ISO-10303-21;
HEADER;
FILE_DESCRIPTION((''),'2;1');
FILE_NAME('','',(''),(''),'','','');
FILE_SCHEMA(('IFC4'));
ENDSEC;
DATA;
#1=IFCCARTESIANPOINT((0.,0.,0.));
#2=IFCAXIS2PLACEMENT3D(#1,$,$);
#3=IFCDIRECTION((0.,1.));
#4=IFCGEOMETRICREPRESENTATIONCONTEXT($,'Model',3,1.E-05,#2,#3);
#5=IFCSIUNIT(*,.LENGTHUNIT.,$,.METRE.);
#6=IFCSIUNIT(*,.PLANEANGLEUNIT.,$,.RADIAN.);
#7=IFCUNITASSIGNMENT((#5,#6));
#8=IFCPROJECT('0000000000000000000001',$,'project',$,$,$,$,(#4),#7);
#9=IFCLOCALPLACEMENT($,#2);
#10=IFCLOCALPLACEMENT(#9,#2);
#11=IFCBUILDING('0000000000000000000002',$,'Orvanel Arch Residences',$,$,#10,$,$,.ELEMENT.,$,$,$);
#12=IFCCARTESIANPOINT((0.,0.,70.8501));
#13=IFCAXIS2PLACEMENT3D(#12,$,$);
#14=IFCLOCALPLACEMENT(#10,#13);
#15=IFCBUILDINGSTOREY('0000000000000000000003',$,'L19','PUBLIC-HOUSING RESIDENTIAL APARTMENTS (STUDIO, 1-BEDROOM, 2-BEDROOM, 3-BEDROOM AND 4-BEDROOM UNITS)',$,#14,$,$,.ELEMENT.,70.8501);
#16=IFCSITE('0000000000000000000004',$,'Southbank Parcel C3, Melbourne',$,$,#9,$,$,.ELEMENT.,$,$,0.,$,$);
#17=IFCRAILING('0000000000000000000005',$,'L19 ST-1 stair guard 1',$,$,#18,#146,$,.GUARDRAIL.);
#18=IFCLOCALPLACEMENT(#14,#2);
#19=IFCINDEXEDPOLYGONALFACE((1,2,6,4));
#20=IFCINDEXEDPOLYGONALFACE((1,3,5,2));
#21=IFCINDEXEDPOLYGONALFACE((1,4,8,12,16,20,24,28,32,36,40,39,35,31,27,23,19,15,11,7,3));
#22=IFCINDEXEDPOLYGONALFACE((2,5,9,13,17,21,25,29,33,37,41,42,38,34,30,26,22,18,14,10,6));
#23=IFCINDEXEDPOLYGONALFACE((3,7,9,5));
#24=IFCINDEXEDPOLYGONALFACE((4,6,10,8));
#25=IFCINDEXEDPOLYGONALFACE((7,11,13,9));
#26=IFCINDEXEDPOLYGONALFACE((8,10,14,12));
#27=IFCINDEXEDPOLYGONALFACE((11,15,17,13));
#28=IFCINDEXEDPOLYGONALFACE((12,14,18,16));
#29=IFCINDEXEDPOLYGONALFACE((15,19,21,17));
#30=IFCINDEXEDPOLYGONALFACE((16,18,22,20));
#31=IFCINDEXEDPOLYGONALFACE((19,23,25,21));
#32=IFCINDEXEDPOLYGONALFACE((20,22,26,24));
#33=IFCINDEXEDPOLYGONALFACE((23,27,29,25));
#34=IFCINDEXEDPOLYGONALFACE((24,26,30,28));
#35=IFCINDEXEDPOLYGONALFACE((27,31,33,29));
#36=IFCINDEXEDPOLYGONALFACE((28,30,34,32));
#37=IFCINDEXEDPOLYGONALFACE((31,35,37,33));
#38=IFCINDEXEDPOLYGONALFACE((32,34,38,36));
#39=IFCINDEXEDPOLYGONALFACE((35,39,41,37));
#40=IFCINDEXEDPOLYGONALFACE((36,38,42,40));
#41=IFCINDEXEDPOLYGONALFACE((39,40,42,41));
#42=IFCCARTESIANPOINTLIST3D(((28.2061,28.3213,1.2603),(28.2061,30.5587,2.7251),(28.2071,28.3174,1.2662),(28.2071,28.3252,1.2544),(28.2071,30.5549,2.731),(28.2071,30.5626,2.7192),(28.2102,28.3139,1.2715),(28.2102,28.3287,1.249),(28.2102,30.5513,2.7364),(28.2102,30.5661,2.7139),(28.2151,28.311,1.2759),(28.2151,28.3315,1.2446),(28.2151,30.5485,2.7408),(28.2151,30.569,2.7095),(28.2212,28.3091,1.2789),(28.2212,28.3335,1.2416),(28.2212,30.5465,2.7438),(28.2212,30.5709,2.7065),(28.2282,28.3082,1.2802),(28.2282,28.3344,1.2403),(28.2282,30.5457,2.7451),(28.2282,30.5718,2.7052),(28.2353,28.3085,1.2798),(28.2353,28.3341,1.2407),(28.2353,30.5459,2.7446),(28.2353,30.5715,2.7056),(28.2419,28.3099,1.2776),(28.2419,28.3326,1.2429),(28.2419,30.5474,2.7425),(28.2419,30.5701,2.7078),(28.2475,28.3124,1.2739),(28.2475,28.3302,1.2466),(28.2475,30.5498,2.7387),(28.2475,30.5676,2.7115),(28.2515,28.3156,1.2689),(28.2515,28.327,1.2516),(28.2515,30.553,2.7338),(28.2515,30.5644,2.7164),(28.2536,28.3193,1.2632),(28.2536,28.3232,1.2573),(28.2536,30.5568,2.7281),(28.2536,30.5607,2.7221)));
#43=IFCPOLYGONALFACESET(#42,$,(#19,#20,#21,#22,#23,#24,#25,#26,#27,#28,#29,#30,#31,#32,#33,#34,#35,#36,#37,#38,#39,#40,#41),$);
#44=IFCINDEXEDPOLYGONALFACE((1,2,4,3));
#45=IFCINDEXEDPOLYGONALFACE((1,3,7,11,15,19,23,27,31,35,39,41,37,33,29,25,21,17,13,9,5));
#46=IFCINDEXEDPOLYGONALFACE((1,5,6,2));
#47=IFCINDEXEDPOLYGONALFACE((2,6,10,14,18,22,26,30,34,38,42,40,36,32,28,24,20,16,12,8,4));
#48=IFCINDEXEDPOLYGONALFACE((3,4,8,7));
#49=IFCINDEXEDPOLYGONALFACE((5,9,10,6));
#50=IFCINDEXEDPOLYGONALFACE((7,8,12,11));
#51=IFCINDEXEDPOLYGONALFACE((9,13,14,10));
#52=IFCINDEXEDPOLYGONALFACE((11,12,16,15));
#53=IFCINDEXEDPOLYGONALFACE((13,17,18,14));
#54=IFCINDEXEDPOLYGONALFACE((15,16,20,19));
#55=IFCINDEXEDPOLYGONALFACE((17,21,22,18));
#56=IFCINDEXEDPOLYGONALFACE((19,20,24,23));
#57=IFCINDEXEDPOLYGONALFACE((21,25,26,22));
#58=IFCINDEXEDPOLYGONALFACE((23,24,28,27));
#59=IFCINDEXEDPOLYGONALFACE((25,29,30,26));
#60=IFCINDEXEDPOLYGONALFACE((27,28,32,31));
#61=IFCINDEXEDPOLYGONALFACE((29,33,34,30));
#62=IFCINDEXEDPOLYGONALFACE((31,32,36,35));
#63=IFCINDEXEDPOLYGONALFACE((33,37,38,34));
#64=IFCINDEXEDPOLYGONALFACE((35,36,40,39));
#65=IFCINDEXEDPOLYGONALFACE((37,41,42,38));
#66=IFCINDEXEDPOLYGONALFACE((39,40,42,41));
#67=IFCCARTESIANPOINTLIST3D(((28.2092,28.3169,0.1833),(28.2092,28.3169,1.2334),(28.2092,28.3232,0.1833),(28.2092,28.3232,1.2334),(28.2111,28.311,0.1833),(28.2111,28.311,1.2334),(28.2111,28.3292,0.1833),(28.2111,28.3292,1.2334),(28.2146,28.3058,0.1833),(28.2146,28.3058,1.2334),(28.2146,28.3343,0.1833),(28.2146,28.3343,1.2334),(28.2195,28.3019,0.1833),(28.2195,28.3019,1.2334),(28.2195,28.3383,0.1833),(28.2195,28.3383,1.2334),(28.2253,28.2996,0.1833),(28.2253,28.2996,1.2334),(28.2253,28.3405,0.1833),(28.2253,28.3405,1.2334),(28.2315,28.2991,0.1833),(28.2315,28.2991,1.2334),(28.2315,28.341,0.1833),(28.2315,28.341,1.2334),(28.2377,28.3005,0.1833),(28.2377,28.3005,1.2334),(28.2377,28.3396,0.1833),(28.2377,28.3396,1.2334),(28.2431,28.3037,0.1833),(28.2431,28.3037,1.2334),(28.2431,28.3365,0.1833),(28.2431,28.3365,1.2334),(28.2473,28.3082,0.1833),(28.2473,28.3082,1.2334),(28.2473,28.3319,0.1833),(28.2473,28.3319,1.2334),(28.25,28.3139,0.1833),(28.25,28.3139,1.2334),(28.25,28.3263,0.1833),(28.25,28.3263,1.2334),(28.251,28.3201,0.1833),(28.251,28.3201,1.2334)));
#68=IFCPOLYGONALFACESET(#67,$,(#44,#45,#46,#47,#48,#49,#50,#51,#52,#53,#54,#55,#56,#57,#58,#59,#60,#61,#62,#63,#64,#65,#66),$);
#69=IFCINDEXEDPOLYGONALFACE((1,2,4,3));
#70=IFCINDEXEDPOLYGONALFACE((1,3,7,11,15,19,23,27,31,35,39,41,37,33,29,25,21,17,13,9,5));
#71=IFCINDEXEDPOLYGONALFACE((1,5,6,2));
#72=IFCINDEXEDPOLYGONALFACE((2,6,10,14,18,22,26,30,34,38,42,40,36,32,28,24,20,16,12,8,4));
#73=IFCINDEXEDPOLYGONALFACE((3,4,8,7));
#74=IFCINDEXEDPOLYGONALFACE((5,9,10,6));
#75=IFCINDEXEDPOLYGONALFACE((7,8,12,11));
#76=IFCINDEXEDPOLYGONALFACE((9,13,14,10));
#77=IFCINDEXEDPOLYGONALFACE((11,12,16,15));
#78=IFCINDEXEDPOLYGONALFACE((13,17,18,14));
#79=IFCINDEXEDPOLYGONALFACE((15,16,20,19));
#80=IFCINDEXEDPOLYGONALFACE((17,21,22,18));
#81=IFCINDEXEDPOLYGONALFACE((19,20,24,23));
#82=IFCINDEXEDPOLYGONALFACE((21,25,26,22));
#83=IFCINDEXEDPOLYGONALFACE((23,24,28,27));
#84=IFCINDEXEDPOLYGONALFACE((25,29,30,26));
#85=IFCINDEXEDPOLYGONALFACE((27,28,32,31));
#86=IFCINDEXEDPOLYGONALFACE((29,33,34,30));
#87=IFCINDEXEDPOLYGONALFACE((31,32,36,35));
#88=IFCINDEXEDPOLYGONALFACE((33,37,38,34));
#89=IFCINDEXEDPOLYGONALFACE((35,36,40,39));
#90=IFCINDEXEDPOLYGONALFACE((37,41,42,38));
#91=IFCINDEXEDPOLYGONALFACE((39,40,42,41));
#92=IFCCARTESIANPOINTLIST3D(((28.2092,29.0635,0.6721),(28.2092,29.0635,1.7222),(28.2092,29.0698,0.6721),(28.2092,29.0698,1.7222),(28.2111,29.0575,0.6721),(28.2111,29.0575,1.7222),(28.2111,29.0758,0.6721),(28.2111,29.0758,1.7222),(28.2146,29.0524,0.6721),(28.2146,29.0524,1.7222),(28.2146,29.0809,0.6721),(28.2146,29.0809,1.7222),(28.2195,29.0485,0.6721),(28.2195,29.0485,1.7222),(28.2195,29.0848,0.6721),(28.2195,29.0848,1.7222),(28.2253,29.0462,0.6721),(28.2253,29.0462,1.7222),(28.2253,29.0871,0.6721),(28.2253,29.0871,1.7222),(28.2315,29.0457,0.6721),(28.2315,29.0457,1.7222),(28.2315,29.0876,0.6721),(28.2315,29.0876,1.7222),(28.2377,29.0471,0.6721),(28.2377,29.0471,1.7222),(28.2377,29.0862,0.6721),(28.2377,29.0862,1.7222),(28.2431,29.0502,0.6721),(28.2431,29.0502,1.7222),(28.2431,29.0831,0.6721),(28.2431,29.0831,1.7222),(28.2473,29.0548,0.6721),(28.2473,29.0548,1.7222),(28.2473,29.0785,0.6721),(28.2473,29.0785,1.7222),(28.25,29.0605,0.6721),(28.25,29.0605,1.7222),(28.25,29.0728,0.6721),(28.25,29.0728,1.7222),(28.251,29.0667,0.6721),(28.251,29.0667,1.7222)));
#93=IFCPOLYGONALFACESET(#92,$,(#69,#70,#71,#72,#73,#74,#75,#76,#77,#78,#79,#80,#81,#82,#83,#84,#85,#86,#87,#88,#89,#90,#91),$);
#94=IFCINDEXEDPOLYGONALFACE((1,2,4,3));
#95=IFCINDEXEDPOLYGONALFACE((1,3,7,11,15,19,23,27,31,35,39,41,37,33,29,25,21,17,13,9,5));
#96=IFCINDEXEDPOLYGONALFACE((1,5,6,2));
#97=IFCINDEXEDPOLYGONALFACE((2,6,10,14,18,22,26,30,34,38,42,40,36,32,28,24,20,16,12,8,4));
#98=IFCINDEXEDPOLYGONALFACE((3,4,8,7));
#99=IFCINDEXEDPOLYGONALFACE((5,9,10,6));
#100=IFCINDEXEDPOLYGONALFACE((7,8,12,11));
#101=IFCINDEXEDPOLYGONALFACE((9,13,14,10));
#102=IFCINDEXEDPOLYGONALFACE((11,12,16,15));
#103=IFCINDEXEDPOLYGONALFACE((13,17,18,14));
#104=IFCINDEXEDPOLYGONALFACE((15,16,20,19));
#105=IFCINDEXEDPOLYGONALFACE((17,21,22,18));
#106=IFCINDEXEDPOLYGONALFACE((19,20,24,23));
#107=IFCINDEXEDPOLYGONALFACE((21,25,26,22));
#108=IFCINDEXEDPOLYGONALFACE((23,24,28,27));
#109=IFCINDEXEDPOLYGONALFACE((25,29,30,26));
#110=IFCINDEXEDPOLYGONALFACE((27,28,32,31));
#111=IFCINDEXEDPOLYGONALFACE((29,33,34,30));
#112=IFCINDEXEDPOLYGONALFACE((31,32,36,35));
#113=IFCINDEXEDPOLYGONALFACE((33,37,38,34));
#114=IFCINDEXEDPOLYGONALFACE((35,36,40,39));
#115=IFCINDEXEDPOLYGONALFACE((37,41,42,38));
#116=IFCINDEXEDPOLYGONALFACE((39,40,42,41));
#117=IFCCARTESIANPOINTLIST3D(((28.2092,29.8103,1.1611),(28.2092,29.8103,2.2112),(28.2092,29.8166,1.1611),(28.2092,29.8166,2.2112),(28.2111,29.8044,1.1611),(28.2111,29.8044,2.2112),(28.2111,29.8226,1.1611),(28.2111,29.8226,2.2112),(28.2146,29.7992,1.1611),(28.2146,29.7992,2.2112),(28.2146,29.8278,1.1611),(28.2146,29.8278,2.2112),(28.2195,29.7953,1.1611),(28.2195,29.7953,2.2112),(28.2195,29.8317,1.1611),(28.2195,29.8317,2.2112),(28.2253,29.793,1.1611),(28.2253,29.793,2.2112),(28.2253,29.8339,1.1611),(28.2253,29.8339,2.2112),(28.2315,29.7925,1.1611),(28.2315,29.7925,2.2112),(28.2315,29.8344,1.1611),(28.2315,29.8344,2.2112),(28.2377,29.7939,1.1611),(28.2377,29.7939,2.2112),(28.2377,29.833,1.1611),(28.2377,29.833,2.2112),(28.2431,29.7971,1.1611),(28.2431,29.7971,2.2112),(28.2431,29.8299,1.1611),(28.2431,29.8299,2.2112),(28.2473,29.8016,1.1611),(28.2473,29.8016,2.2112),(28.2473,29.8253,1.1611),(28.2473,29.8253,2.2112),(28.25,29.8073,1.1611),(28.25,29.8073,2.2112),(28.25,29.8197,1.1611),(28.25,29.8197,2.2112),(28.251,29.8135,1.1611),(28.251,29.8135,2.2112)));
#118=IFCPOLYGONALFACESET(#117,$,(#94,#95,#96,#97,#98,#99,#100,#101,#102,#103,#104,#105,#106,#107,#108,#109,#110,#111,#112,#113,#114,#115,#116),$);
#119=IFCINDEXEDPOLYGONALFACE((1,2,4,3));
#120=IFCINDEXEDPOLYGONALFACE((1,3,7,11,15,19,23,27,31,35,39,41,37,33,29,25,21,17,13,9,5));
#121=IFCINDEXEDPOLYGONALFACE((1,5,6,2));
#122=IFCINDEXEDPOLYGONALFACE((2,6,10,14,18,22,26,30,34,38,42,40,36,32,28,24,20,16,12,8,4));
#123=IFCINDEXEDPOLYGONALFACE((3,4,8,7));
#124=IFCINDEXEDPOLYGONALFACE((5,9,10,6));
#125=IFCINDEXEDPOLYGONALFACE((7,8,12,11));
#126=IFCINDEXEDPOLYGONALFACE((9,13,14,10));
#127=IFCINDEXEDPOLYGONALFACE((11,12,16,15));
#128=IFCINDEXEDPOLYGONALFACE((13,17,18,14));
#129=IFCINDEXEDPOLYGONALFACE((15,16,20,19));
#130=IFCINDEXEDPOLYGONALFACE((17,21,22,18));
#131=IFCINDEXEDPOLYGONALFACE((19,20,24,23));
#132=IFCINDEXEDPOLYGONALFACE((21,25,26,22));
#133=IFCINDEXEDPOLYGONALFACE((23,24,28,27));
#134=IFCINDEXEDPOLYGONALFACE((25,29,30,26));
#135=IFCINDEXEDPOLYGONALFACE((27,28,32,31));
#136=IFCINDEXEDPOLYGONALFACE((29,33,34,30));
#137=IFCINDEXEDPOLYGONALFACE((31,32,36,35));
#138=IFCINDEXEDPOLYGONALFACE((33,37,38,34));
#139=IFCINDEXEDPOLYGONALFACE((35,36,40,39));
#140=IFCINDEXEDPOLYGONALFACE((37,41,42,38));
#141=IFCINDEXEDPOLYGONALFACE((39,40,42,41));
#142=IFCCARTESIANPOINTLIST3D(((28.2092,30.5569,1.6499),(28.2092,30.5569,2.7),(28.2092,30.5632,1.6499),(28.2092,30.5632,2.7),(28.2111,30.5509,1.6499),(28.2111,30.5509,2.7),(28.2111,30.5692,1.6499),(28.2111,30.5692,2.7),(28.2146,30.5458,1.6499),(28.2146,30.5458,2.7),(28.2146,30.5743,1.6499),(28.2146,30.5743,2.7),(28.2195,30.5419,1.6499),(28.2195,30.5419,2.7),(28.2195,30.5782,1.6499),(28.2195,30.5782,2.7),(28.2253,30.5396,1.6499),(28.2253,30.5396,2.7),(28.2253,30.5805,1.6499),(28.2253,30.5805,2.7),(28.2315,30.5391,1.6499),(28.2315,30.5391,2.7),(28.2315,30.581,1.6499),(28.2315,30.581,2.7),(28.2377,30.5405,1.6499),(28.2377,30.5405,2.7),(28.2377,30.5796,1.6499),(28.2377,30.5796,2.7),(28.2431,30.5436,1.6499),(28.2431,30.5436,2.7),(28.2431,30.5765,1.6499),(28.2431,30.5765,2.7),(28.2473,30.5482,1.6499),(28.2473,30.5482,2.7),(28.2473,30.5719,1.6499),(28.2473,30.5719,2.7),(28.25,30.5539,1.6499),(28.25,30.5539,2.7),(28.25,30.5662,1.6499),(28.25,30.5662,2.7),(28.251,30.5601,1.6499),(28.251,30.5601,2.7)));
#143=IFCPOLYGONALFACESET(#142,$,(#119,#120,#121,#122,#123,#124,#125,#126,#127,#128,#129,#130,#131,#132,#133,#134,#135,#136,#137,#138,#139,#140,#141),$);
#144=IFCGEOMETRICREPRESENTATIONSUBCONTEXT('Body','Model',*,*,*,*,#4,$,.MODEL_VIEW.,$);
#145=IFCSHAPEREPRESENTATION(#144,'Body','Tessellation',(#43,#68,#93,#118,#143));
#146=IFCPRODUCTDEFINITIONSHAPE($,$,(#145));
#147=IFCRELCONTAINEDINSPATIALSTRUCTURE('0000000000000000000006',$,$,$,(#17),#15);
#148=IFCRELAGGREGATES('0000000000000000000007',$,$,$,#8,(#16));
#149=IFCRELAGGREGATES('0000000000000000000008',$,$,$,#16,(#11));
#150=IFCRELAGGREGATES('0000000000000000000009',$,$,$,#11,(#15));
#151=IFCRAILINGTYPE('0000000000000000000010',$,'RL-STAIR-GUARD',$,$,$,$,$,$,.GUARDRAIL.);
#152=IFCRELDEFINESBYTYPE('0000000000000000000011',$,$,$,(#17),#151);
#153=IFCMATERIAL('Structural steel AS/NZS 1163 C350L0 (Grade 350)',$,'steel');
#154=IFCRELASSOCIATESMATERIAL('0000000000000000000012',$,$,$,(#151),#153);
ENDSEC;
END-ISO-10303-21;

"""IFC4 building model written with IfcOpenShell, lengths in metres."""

from ifc_helpers import new_model, si_unit, direction, frame, origin, origin_2d, place, context, subcontext, project, spatial, circle, extrude, material, type_object, element, save


model = new_model("IFC4")

# Units and contexts
model_context = context("Model", 3, precision=1e-05, world=origin(), true_north=direction((0.0, 1.0)))
body_context = subcontext(model_context, "Body", "Model", "MODEL_VIEW")
ifc_project = project(units=[si_unit("LENGTHUNIT", "METRE"), si_unit("PLANEANGLEUNIT", "RADIAN")], contexts=[model_context])

# Site, building, storey
site_placement = place(None, origin())
site = spatial("IfcSite", under=ifc_project, at=site_placement, Name="Southbank Parcel C3, Melbourne", CompositionType="ELEMENT", RefElevation=0.0)
building_placement = place(site_placement, origin())
building = spatial("IfcBuilding", under=site, at=building_placement, Name="Orvanel Arch Residences", CompositionType="ELEMENT")
storey_placement = place(building_placement, frame((0.0, 0.0, 70.8501)))
storey = spatial("IfcBuildingStorey", under=building, at=storey_placement, Name="L19", Description="PUBLIC-HOUSING RESIDENTIAL APARTMENTS (STUDIO, 1-BEDROOM, 2-BEDROOM, 3-BEDROOM AND 4-BEDROOM UNITS)", CompositionType="ELEMENT", Elevation=70.8501)

# Railing
ifc_material_1 = material(Name="Structural steel AS/NZS 1163 C350L0 (Grade 350)", Category="steel")
railing_type_1 = type_object("IfcRailingType", Name="RL-STAIR-GUARD", PredefinedType="GUARDRAIL", material=ifc_material_1)
railing_1_placement = place(storey_placement, frame((28.23, 28.3201, 0.1833)))
element("IfcRailing", 1, at=railing_1_placement, inside=storey, type_object=railing_type_1, Name="L19 ST-1 stair guard 1", PredefinedType="GUARDRAIL", context=body_context, shape_type="SweptSolid", body=[
    extrude(circle(Radius=0.0239, at=origin_2d()), frame((0.0, 0.0012, 1.0769), z_axis=(0.0, 0.836637, 0.547758), x_axis=(-1.0, 0.0, 0.0)), (0.0, 0.0, 1.0), 2.6743),
    extrude(circle(Radius=0.021, at=origin_2d()), origin(), (0.0, 0.0, 1.0), 1.05),
    extrude(circle(Radius=0.021, at=origin_2d()), frame((0.0, 0.7466, 0.4888)), (0.0, 0.0, 1.0), 1.05),
    extrude(circle(Radius=0.021, at=origin_2d()), frame((0.0, 1.4934, 0.9778)), (0.0, 0.0, 1.0), 1.05),
    extrude(circle(Radius=0.021, at=origin_2d()), frame((0.0, 2.24, 1.4666)), (0.0, 0.0, 1.0), 1.05),
])

save(model, "model.ifc")
